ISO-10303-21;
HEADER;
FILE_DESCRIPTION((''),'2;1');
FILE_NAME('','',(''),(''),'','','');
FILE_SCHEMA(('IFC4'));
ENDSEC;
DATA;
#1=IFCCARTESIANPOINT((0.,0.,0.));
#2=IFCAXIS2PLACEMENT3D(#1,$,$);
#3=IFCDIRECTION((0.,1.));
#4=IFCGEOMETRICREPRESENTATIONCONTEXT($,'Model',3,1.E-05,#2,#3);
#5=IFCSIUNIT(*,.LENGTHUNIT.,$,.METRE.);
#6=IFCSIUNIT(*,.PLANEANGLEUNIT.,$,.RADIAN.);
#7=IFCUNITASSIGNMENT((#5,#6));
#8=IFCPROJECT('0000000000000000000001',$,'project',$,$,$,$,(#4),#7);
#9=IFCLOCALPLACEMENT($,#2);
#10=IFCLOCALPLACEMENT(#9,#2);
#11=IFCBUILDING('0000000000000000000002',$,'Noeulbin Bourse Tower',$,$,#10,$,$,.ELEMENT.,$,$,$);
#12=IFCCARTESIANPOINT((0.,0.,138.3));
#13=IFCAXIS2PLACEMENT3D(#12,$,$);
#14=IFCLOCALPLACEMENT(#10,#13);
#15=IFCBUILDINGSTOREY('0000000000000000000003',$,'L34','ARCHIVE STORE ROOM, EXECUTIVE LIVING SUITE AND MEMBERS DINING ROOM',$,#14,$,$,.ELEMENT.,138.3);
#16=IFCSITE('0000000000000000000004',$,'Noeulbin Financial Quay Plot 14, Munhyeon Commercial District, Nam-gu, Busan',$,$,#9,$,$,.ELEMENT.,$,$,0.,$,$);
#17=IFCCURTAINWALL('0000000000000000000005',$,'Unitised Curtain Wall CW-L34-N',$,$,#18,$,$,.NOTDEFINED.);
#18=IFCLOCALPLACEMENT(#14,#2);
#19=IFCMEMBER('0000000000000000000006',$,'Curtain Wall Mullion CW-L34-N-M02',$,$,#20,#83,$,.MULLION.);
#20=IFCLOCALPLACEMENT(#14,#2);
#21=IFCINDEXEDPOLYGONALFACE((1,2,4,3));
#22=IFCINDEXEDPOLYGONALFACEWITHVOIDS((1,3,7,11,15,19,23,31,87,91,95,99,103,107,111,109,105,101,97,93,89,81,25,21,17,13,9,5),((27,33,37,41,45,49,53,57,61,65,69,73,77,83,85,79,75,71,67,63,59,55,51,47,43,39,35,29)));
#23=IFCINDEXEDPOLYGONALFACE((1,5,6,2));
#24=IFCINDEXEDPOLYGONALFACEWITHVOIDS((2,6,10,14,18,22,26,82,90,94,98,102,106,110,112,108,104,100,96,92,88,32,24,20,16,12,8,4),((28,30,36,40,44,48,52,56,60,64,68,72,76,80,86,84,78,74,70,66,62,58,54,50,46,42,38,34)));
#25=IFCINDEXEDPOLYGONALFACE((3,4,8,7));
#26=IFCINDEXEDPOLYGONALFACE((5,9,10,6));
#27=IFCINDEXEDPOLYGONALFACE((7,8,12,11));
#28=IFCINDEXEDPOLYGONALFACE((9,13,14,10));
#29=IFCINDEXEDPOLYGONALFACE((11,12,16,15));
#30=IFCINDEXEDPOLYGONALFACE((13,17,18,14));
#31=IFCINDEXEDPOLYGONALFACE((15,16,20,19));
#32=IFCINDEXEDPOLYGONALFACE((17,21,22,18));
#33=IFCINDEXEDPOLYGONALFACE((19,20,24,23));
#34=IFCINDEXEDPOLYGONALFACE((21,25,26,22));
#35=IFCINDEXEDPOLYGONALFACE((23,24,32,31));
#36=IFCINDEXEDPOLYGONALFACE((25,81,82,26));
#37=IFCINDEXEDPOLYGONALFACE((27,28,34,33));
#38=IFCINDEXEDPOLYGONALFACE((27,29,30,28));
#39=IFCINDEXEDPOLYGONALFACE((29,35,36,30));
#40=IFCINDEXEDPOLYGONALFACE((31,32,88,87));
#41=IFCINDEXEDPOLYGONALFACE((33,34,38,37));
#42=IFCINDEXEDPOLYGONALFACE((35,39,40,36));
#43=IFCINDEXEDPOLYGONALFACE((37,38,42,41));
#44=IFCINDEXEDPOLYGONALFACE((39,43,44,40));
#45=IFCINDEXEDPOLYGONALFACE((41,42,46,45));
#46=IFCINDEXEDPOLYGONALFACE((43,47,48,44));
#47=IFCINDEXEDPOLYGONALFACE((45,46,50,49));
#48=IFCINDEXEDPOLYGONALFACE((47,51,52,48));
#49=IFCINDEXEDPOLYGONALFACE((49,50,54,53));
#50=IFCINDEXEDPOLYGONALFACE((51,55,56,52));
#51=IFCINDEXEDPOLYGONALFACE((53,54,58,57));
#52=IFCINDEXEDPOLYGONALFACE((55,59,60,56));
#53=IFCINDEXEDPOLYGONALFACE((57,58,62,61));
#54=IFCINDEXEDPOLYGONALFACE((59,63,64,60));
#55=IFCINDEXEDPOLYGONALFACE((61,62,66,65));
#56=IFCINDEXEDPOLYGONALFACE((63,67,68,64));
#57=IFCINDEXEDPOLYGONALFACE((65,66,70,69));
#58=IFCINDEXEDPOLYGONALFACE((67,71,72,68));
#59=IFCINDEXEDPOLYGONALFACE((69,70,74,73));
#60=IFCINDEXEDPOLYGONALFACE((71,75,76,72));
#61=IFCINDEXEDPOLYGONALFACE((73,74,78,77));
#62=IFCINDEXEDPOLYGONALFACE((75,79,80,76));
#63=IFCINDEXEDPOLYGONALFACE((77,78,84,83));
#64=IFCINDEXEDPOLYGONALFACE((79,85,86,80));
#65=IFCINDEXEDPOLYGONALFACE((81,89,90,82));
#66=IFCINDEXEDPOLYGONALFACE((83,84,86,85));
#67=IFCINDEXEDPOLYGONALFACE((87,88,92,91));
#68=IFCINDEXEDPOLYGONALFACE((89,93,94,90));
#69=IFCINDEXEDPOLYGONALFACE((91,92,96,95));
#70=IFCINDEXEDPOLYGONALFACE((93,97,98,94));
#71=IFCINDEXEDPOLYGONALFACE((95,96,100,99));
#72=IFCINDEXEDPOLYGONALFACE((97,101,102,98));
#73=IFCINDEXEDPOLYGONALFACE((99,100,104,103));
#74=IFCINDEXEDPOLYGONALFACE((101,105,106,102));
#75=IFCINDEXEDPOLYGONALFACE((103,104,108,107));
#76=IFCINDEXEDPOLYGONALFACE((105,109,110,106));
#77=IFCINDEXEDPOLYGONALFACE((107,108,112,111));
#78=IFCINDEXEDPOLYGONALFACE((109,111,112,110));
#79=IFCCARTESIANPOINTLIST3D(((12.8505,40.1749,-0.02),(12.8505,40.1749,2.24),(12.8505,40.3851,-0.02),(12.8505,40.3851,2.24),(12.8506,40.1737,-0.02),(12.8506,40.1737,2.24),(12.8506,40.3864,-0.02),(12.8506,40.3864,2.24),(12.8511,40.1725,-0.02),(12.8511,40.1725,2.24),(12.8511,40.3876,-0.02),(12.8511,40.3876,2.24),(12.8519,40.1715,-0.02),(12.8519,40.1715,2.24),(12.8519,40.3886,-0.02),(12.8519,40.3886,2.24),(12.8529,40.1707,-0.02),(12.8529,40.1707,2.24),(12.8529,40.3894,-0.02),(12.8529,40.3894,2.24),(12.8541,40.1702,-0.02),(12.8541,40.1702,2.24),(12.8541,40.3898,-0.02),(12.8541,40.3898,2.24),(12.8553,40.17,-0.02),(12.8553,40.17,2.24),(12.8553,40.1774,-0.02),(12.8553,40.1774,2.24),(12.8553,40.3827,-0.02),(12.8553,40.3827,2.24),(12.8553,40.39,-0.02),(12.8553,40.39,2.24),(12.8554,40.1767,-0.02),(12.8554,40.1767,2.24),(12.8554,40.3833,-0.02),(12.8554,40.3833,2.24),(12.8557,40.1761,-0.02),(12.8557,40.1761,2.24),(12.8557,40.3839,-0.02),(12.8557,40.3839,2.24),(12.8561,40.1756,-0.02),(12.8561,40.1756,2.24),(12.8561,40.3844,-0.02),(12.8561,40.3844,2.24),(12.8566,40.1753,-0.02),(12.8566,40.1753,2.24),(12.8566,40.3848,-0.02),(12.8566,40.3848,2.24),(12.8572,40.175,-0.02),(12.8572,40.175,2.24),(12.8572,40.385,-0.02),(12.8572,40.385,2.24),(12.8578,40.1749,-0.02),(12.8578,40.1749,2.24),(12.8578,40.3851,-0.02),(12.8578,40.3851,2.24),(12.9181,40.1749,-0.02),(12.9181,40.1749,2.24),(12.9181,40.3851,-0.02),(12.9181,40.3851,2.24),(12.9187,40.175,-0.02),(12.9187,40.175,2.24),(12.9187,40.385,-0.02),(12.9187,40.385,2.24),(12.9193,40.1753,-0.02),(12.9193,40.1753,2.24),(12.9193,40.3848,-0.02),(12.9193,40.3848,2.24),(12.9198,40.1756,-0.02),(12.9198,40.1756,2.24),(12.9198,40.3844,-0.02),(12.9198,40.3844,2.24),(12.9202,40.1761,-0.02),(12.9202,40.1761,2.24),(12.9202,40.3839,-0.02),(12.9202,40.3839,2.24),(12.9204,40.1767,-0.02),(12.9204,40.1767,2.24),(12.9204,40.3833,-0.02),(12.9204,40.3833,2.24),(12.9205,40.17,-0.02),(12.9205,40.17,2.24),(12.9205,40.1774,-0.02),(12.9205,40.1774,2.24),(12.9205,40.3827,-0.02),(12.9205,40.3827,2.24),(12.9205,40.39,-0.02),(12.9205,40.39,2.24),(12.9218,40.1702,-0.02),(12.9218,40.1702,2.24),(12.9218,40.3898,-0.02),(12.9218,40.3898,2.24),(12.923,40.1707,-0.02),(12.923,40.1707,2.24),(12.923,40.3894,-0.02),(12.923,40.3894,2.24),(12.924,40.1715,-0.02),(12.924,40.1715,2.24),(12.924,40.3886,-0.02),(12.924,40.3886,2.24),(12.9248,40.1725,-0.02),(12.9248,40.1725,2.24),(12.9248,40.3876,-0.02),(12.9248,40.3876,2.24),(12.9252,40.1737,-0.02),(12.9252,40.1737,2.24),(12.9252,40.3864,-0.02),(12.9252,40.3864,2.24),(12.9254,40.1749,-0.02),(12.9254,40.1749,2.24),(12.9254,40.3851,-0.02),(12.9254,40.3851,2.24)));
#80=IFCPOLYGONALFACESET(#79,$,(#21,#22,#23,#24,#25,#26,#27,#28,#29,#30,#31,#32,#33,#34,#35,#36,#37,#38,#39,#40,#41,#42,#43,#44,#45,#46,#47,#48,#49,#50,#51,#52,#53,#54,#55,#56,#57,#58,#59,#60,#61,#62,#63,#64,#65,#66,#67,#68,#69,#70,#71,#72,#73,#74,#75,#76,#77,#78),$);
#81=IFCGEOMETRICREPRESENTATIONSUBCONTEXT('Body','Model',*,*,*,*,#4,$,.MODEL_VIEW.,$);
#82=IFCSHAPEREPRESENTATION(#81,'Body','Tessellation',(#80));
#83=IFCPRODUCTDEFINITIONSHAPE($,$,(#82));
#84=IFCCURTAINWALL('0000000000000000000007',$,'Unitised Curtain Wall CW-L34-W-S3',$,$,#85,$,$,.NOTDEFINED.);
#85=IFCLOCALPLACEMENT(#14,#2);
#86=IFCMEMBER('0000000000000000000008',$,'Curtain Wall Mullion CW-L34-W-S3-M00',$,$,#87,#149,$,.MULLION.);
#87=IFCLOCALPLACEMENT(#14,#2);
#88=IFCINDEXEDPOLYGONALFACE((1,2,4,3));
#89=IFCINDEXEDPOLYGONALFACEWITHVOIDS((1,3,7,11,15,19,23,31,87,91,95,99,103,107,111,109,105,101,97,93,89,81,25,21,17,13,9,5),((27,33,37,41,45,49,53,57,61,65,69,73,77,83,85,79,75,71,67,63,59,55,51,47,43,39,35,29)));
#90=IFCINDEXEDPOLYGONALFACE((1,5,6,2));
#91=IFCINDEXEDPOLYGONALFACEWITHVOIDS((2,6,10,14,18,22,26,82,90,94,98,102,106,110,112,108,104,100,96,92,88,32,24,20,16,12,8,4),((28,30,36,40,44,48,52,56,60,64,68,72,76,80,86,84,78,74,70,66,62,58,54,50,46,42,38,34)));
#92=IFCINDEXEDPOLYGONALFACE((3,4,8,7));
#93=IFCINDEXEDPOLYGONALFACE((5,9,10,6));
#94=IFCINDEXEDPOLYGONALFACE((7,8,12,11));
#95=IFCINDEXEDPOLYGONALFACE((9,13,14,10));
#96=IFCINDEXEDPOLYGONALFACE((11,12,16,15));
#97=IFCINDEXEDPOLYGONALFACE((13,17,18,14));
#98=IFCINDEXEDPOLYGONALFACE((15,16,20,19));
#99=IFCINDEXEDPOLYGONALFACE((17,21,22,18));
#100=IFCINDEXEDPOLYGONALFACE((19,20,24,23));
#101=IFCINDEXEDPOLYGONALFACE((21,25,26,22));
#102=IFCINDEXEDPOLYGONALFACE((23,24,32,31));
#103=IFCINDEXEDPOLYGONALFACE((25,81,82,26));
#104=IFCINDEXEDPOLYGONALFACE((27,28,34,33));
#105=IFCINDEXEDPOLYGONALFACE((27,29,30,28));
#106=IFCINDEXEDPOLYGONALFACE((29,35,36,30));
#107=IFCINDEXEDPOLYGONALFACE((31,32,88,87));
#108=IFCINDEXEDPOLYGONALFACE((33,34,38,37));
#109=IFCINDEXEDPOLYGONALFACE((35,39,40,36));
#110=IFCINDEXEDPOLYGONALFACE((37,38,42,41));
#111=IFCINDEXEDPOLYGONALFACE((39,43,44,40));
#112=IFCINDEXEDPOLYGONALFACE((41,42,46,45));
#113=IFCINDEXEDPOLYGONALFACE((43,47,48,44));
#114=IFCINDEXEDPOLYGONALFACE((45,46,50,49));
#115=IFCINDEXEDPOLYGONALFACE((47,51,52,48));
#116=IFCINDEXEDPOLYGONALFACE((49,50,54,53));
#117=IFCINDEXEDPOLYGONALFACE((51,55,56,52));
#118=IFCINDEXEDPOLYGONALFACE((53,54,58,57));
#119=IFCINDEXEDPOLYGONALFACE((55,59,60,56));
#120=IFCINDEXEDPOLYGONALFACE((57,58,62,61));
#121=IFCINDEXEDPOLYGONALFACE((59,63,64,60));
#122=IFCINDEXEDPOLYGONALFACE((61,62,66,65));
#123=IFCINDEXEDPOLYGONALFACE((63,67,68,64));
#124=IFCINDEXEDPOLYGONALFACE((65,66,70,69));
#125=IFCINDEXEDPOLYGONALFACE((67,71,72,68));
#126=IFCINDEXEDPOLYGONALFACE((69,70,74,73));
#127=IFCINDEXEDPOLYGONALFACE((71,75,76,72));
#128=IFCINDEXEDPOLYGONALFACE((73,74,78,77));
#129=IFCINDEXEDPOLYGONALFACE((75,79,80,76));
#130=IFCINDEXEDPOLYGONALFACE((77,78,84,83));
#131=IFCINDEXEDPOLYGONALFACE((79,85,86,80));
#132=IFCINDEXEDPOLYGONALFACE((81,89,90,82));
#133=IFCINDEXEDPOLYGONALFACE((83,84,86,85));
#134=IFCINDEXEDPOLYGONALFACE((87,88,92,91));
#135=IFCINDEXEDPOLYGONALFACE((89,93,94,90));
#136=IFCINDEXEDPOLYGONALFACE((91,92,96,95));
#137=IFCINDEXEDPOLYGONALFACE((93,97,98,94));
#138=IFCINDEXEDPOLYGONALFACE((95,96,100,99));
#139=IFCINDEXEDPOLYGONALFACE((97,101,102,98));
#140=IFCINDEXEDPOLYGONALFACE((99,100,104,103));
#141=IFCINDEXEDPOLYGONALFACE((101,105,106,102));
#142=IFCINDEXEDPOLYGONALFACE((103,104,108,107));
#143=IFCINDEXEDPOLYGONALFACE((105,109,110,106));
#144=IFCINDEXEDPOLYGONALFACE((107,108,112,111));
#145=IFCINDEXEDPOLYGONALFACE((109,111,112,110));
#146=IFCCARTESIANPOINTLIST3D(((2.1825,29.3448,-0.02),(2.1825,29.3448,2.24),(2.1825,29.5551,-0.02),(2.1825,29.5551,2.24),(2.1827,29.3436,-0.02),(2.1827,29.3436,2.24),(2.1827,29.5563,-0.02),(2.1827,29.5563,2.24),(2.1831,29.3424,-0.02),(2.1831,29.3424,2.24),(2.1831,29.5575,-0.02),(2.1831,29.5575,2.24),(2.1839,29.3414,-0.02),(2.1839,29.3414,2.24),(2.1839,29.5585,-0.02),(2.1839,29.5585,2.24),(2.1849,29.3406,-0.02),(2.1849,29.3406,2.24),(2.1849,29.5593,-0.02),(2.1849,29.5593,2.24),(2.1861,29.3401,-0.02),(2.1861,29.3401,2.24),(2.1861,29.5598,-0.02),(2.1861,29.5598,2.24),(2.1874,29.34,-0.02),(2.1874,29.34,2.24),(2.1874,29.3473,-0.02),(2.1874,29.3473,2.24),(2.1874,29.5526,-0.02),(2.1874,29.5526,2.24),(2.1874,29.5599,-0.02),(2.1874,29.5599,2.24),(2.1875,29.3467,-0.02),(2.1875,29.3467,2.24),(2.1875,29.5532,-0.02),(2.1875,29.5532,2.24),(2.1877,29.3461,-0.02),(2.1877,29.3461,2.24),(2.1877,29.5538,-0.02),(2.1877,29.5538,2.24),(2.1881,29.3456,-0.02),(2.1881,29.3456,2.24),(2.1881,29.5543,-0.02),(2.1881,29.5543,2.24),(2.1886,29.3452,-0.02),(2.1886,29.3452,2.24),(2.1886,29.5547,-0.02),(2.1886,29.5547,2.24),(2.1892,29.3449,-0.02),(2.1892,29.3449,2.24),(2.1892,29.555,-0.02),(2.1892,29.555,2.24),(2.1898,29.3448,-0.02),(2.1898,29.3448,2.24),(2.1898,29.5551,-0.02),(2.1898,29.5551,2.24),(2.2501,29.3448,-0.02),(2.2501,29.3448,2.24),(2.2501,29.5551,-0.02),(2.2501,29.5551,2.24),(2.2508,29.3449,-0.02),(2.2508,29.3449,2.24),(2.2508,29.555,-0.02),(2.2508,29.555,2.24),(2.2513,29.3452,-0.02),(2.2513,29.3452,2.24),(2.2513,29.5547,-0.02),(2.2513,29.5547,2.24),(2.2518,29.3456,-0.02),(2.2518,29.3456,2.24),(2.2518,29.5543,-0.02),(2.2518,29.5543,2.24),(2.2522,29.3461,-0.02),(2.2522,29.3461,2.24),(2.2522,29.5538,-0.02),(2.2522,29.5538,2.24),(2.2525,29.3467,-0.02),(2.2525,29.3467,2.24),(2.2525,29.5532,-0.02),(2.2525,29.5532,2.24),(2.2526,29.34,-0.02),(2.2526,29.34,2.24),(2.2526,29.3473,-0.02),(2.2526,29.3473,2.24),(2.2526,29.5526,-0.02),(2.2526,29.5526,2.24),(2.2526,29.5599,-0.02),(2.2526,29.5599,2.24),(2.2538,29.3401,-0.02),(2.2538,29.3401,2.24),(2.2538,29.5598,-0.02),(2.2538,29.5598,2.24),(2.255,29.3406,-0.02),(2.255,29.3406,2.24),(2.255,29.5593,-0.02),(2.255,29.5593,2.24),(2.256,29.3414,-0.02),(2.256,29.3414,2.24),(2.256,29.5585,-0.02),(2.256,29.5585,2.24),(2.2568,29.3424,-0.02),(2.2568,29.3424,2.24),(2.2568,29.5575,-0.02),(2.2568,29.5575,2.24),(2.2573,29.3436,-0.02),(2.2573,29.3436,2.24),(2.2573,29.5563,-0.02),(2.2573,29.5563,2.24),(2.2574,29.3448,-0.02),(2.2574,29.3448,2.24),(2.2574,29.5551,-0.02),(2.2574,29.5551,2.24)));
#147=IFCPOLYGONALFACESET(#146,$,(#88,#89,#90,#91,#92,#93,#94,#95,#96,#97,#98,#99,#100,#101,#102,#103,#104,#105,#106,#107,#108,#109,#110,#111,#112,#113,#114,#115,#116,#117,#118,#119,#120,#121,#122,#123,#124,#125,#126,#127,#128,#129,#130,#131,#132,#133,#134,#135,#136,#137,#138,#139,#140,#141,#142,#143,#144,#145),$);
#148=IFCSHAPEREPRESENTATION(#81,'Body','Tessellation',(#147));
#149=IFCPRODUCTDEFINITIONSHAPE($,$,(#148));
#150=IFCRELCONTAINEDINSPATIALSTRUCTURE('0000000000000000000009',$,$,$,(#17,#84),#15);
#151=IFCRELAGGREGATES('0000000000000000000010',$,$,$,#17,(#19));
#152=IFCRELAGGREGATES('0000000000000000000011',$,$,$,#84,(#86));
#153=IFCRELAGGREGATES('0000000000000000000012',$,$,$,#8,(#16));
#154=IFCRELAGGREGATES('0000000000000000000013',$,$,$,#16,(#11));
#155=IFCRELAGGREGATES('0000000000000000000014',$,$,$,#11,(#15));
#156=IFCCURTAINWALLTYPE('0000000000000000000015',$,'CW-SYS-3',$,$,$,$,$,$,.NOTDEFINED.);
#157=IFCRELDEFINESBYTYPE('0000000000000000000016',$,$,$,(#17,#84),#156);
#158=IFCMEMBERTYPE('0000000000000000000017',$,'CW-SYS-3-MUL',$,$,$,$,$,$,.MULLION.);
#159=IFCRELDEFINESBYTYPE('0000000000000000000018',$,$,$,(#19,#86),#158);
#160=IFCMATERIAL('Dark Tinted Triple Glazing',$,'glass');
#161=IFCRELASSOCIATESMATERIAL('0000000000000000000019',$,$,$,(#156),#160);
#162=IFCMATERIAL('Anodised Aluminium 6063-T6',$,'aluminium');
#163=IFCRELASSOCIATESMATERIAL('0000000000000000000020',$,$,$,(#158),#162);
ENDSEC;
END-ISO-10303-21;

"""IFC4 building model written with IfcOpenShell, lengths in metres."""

from ifc_helpers import new_model, si_unit, direction, frame, origin, origin_2d, place, context, subcontext, project, spatial, hollow_rectangle, extrude, material, material_profile, profile_set, type_object, element, aggregate, save


model = new_model("IFC4")

# Units and contexts
model_context = context("Model", 3, precision=1e-05, world=origin(), true_north=direction((0.0, 1.0)))
body_context = subcontext(model_context, "Body", "Model", "MODEL_VIEW")
ifc_project = project(units=[si_unit("LENGTHUNIT", "METRE"), si_unit("PLANEANGLEUNIT", "RADIAN")], contexts=[model_context])

# Site, building, storey
site_placement = place(None, origin())
site = spatial("IfcSite", under=ifc_project, at=site_placement, Name="Noeulbin Financial Quay Plot 14, Munhyeon Commercial District, Nam-gu, Busan", CompositionType="ELEMENT", RefElevation=0.0)
building_placement = place(site_placement, origin())
building = spatial("IfcBuilding", under=site, at=building_placement, Name="Noeulbin Bourse Tower", CompositionType="ELEMENT")
storey_placement = place(building_placement, frame((0.0, 0.0, 138.3)))
storey = spatial("IfcBuildingStorey", under=building, at=storey_placement, Name="L34", Description="ARCHIVE STORE ROOM, EXECUTIVE LIVING SUITE AND MEMBERS DINING ROOM", CompositionType="ELEMENT", Elevation=138.3)

# Curtain walls, members
ifc_material_1 = material(Name="Dark Tinted Triple Glazing", Category="glass")
curtain_wall_type = type_object("IfcCurtainWallType", Name="CW-SYS-3", PredefinedType="NOTDEFINED", material=ifc_material_1)
curtain_wall_1_placement = place(storey_placement, origin())
curtain_wall_1 = element("IfcCurtainWall", 1, at=curtain_wall_1_placement, inside=storey, type_object=curtain_wall_type, Name="Unitised Curtain Wall CW-L34-N", PredefinedType="NOTDEFINED")
ifc_material_2 = material(Name="Anodised Aluminium 6063-T6", Category="aluminium")
ifc_material_profile_1 = material_profile(ifc_material_2, hollow_rectangle(XDim=0.075, YDim=0.22, WallThickness=0.0049, InnerFilletRadius=0.0024, OuterFilletRadius=0.0049, at=origin_2d()), Name="ALU-MULL-75x220x5", Category="LoadBearing")
ifc_profile_set_1 = profile_set([ifc_material_profile_1], Name="Anodised Aluminium 6063-T6")
member_type_1 = type_object("IfcMemberType", Name="CW-SYS-3-MUL", PredefinedType="MULLION", material=ifc_profile_set_1)
member_1_placement = place(storey_placement, frame((12.8879, 40.28, -0.02), z_axis=(0.0, 0.0, 1.0), x_axis=(1.0, 0.0, 0.0)))
member_1 = element("IfcMember", 2, at=member_1_placement, type_object=member_type_1, Name="Curtain Wall Mullion CW-L34-N-M02", PredefinedType="MULLION", context=body_context, shape_type="SweptSolid", body=[
    extrude(hollow_rectangle(XDim=0.075, YDim=0.22, WallThickness=0.0049, InnerFilletRadius=0.0024, OuterFilletRadius=0.0049, at=origin_2d()), origin(), (0.0, 0.0, 1.0), 2.26),
])
curtain_wall_2_placement = place(storey_placement, origin())
curtain_wall_2 = element("IfcCurtainWall", 3, at=curtain_wall_2_placement, inside=storey, type_object=curtain_wall_type, Name="Unitised Curtain Wall CW-L34-W-S3", PredefinedType="NOTDEFINED")
member_2_placement = place(storey_placement, frame((2.22, 29.45, -0.02), z_axis=(0.0, 0.0, 1.0), x_axis=(1.0, 0.0, 0.0)))
member_2 = element("IfcMember", 4, at=member_2_placement, type_object=member_type_1, Name="Curtain Wall Mullion CW-L34-W-S3-M00", PredefinedType="MULLION", context=body_context, shape_type="SweptSolid", body=[
    extrude(hollow_rectangle(XDim=0.075, YDim=0.22, WallThickness=0.0049, InnerFilletRadius=0.0024, OuterFilletRadius=0.0049, at=origin_2d()), origin(), (0.0, 0.0, 1.0), 2.26),
])

aggregate(curtain_wall_1, [member_1])
aggregate(curtain_wall_2, [member_2])

save(model, "model.ifc")
